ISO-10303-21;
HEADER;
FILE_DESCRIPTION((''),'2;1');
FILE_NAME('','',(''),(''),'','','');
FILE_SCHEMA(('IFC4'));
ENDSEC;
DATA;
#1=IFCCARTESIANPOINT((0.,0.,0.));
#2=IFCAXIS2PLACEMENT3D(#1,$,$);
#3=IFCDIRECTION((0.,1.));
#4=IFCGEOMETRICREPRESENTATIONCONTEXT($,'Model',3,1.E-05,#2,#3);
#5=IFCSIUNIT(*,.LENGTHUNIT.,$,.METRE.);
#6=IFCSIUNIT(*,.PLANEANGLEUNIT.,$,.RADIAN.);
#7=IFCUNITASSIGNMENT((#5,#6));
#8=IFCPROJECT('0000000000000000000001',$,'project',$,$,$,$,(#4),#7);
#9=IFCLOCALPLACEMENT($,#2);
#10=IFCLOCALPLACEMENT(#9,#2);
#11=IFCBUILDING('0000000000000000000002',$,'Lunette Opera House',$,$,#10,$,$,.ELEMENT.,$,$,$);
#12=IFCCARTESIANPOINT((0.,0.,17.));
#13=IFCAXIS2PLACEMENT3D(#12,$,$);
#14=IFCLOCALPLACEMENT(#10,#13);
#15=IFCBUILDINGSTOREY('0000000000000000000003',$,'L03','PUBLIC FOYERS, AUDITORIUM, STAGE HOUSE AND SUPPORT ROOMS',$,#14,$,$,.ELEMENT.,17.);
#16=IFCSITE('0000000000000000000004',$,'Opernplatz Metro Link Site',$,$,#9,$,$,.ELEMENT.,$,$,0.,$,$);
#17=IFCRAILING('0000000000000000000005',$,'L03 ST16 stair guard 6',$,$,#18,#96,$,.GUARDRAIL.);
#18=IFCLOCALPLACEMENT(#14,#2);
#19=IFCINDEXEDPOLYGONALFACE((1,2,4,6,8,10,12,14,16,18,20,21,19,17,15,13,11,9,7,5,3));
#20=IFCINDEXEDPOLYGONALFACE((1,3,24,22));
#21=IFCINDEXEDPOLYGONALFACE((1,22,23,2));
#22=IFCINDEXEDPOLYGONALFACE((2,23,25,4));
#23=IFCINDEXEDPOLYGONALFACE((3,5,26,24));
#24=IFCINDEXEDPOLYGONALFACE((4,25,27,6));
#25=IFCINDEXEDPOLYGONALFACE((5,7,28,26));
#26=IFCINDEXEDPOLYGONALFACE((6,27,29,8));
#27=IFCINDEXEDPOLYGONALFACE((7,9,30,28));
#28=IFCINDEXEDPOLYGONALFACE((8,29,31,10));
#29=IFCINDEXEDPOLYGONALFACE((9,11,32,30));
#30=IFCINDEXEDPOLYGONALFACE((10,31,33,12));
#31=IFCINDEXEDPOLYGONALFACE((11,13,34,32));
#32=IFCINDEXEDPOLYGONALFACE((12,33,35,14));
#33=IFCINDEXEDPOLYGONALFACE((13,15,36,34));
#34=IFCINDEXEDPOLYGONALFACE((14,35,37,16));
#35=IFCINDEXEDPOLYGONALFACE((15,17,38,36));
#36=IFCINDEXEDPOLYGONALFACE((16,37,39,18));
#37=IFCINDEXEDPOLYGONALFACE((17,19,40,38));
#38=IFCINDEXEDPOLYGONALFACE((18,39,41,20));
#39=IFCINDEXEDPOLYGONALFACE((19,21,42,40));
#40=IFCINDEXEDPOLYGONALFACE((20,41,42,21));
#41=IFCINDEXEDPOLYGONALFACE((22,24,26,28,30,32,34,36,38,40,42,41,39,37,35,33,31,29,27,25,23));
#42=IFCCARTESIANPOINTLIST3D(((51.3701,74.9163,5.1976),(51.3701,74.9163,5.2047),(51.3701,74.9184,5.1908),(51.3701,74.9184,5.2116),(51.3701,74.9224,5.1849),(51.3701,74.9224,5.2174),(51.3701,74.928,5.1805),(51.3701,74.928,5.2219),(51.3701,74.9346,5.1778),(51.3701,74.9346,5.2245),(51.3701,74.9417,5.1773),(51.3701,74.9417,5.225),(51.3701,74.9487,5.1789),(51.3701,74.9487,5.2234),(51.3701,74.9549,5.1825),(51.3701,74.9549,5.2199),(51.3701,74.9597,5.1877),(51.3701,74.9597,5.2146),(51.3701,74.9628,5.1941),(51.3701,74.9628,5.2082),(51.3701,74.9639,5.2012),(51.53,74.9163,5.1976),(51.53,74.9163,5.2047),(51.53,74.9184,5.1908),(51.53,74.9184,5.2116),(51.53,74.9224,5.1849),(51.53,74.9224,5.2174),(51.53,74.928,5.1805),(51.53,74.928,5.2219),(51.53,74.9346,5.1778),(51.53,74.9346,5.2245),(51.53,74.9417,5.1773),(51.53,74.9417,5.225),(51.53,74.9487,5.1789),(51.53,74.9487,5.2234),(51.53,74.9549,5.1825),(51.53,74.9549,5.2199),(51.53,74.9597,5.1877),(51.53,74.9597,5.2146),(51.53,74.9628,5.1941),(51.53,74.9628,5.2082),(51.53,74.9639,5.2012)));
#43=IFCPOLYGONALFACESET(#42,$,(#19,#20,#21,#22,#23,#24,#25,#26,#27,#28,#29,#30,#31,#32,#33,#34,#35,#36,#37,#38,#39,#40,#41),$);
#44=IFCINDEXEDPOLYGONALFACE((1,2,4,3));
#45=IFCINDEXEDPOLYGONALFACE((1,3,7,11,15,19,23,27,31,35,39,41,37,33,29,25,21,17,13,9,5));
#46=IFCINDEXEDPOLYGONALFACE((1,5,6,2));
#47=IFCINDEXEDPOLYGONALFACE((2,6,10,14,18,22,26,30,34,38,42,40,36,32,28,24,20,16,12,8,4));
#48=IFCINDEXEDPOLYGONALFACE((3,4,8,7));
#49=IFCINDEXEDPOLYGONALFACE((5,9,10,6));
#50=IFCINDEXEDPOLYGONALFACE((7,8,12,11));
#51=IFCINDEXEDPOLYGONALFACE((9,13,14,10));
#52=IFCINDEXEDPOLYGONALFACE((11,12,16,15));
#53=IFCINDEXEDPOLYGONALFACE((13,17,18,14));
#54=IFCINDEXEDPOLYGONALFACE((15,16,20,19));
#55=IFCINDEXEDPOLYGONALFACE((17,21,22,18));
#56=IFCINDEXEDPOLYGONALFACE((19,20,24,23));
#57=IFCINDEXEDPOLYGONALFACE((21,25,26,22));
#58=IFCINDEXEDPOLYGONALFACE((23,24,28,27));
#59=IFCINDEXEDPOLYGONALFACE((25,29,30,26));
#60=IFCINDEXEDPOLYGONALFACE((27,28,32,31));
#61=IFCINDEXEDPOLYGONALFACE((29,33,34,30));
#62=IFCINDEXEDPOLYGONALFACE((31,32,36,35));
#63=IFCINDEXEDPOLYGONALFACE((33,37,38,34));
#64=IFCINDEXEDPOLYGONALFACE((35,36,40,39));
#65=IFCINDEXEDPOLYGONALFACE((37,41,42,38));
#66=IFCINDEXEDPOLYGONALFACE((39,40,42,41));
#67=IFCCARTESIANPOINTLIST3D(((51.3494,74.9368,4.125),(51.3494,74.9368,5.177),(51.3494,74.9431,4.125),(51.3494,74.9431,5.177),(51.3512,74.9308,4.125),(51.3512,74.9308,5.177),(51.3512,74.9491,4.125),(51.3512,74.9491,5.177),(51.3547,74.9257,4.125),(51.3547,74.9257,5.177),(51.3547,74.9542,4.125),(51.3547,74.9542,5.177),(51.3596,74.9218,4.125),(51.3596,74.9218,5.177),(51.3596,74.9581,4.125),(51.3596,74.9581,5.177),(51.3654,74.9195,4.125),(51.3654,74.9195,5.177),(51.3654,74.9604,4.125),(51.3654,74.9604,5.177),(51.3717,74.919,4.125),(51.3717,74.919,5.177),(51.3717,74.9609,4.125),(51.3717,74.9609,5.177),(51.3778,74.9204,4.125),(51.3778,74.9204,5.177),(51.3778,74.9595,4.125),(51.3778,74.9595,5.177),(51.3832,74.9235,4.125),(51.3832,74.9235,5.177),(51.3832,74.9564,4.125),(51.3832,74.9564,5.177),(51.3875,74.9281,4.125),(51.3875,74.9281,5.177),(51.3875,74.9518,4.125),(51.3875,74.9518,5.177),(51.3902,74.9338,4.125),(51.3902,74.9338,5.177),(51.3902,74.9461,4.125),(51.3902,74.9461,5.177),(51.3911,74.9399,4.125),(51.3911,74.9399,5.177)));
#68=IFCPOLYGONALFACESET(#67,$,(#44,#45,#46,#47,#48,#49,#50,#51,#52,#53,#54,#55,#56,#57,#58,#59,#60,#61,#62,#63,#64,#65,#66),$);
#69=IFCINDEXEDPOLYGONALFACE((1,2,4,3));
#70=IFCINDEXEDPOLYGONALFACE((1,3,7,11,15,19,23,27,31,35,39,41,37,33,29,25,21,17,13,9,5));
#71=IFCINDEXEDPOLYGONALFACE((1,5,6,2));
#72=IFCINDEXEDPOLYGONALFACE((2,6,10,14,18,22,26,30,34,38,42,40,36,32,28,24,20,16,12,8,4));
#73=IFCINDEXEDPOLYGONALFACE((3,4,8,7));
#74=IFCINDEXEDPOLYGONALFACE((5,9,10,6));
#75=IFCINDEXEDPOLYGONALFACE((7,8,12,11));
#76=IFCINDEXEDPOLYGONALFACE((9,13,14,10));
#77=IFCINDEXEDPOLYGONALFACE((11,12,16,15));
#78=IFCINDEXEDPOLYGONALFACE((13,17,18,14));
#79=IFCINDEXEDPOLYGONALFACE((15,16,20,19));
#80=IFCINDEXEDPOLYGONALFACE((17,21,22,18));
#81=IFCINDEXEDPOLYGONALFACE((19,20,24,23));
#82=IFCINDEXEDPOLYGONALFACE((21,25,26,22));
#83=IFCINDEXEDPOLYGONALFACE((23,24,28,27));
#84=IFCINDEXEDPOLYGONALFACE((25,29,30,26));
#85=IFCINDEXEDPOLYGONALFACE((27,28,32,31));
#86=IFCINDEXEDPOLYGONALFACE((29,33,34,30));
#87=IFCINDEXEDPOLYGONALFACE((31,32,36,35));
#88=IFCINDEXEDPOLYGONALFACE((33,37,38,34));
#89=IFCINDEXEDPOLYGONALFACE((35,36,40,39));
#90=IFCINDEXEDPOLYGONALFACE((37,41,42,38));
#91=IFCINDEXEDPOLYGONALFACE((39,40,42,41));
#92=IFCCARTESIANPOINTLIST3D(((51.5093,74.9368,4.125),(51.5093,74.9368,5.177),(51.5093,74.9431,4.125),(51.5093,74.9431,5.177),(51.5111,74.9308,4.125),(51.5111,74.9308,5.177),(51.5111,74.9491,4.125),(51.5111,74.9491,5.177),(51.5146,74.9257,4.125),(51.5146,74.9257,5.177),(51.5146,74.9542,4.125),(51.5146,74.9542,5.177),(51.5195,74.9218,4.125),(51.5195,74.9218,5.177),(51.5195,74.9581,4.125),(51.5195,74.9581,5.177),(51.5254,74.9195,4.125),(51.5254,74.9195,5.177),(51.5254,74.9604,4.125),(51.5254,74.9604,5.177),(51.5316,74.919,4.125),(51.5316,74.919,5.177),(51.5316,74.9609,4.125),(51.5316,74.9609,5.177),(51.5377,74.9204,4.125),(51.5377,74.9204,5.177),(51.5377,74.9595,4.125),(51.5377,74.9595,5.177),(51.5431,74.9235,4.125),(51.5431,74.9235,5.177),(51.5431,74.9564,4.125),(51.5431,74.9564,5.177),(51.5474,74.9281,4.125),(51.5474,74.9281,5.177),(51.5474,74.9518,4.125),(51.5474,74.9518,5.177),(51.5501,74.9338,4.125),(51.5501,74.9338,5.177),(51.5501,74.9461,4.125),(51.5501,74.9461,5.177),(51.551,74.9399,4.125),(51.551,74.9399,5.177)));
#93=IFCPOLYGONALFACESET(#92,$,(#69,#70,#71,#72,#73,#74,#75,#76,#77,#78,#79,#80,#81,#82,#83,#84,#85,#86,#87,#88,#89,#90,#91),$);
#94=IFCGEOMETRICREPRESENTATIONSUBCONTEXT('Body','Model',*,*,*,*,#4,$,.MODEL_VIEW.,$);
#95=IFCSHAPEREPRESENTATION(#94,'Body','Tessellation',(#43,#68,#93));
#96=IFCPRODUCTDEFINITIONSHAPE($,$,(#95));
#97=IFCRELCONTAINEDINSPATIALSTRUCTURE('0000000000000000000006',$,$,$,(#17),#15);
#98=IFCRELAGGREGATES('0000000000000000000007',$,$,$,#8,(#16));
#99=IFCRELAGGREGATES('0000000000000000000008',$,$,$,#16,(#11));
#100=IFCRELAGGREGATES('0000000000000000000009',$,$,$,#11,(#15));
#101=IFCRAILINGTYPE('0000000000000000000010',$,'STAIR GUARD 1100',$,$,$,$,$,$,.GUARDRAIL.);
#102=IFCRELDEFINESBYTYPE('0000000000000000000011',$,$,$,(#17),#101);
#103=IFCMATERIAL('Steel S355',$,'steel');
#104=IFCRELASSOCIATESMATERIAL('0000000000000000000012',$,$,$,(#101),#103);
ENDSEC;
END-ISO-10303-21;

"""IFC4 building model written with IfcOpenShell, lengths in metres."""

from ifc_helpers import new_model, si_unit, direction, frame, origin, origin_2d, place, context, subcontext, project, spatial, circle, extrude, material, type_object, element, save


model = new_model("IFC4")

# Units and contexts
model_context = context("Model", 3, precision=1e-05, world=origin(), true_north=direction((0.0, 1.0)))
body_context = subcontext(model_context, "Body", "Model", "MODEL_VIEW")
ifc_project = project(units=[si_unit("LENGTHUNIT", "METRE"), si_unit("PLANEANGLEUNIT", "RADIAN")], contexts=[model_context])

# Site, building, storey
site_placement = place(None, origin())
site = spatial("IfcSite", under=ifc_project, at=site_placement, Name="Opernplatz Metro Link Site", CompositionType="ELEMENT", RefElevation=0.0)
building_placement = place(site_placement, origin())
building = spatial("IfcBuilding", under=site, at=building_placement, Name="Lunette Opera House", CompositionType="ELEMENT")
storey_placement = place(building_placement, frame((0.0, 0.0, 17.0)))
storey = spatial("IfcBuildingStorey", under=building, at=storey_placement, Name="L03", Description="PUBLIC FOYERS, AUDITORIUM, STAGE HOUSE AND SUPPORT ROOMS", CompositionType="ELEMENT", Elevation=17.0)

# Railing
ifc_material_1 = material(Name="Steel S355", Category="steel")
railing_type_1 = type_object("IfcRailingType", Name="STAIR GUARD 1100", PredefinedType="GUARDRAIL", material=ifc_material_1)
railing_1_placement = place(storey_placement, frame((51.3701, 74.9399, 4.125)))
element("IfcRailing", 1, at=railing_1_placement, inside=storey, type_object=railing_type_1, Name="L03 ST16 stair guard 6", PredefinedType="GUARDRAIL", context=body_context, shape_type="SweptSolid", body=[
    extrude(circle(Radius=0.0239, at=origin_2d()), frame((0.0, 0.0, 1.0762), z_axis=(1.0, 0.0, 0.0), x_axis=(0.0, 1.0, 0.0)), (0.0, 0.0, 1.0), 0.1599),
    extrude(circle(Radius=0.021, at=origin_2d()), origin(), (0.0, 0.0, 1.0), 1.052),
    extrude(circle(Radius=0.021, at=origin_2d()), frame((0.1599, 0.0, 0.0)), (0.0, 0.0, 1.0), 1.052),
])

save(model, "model.ifc")
